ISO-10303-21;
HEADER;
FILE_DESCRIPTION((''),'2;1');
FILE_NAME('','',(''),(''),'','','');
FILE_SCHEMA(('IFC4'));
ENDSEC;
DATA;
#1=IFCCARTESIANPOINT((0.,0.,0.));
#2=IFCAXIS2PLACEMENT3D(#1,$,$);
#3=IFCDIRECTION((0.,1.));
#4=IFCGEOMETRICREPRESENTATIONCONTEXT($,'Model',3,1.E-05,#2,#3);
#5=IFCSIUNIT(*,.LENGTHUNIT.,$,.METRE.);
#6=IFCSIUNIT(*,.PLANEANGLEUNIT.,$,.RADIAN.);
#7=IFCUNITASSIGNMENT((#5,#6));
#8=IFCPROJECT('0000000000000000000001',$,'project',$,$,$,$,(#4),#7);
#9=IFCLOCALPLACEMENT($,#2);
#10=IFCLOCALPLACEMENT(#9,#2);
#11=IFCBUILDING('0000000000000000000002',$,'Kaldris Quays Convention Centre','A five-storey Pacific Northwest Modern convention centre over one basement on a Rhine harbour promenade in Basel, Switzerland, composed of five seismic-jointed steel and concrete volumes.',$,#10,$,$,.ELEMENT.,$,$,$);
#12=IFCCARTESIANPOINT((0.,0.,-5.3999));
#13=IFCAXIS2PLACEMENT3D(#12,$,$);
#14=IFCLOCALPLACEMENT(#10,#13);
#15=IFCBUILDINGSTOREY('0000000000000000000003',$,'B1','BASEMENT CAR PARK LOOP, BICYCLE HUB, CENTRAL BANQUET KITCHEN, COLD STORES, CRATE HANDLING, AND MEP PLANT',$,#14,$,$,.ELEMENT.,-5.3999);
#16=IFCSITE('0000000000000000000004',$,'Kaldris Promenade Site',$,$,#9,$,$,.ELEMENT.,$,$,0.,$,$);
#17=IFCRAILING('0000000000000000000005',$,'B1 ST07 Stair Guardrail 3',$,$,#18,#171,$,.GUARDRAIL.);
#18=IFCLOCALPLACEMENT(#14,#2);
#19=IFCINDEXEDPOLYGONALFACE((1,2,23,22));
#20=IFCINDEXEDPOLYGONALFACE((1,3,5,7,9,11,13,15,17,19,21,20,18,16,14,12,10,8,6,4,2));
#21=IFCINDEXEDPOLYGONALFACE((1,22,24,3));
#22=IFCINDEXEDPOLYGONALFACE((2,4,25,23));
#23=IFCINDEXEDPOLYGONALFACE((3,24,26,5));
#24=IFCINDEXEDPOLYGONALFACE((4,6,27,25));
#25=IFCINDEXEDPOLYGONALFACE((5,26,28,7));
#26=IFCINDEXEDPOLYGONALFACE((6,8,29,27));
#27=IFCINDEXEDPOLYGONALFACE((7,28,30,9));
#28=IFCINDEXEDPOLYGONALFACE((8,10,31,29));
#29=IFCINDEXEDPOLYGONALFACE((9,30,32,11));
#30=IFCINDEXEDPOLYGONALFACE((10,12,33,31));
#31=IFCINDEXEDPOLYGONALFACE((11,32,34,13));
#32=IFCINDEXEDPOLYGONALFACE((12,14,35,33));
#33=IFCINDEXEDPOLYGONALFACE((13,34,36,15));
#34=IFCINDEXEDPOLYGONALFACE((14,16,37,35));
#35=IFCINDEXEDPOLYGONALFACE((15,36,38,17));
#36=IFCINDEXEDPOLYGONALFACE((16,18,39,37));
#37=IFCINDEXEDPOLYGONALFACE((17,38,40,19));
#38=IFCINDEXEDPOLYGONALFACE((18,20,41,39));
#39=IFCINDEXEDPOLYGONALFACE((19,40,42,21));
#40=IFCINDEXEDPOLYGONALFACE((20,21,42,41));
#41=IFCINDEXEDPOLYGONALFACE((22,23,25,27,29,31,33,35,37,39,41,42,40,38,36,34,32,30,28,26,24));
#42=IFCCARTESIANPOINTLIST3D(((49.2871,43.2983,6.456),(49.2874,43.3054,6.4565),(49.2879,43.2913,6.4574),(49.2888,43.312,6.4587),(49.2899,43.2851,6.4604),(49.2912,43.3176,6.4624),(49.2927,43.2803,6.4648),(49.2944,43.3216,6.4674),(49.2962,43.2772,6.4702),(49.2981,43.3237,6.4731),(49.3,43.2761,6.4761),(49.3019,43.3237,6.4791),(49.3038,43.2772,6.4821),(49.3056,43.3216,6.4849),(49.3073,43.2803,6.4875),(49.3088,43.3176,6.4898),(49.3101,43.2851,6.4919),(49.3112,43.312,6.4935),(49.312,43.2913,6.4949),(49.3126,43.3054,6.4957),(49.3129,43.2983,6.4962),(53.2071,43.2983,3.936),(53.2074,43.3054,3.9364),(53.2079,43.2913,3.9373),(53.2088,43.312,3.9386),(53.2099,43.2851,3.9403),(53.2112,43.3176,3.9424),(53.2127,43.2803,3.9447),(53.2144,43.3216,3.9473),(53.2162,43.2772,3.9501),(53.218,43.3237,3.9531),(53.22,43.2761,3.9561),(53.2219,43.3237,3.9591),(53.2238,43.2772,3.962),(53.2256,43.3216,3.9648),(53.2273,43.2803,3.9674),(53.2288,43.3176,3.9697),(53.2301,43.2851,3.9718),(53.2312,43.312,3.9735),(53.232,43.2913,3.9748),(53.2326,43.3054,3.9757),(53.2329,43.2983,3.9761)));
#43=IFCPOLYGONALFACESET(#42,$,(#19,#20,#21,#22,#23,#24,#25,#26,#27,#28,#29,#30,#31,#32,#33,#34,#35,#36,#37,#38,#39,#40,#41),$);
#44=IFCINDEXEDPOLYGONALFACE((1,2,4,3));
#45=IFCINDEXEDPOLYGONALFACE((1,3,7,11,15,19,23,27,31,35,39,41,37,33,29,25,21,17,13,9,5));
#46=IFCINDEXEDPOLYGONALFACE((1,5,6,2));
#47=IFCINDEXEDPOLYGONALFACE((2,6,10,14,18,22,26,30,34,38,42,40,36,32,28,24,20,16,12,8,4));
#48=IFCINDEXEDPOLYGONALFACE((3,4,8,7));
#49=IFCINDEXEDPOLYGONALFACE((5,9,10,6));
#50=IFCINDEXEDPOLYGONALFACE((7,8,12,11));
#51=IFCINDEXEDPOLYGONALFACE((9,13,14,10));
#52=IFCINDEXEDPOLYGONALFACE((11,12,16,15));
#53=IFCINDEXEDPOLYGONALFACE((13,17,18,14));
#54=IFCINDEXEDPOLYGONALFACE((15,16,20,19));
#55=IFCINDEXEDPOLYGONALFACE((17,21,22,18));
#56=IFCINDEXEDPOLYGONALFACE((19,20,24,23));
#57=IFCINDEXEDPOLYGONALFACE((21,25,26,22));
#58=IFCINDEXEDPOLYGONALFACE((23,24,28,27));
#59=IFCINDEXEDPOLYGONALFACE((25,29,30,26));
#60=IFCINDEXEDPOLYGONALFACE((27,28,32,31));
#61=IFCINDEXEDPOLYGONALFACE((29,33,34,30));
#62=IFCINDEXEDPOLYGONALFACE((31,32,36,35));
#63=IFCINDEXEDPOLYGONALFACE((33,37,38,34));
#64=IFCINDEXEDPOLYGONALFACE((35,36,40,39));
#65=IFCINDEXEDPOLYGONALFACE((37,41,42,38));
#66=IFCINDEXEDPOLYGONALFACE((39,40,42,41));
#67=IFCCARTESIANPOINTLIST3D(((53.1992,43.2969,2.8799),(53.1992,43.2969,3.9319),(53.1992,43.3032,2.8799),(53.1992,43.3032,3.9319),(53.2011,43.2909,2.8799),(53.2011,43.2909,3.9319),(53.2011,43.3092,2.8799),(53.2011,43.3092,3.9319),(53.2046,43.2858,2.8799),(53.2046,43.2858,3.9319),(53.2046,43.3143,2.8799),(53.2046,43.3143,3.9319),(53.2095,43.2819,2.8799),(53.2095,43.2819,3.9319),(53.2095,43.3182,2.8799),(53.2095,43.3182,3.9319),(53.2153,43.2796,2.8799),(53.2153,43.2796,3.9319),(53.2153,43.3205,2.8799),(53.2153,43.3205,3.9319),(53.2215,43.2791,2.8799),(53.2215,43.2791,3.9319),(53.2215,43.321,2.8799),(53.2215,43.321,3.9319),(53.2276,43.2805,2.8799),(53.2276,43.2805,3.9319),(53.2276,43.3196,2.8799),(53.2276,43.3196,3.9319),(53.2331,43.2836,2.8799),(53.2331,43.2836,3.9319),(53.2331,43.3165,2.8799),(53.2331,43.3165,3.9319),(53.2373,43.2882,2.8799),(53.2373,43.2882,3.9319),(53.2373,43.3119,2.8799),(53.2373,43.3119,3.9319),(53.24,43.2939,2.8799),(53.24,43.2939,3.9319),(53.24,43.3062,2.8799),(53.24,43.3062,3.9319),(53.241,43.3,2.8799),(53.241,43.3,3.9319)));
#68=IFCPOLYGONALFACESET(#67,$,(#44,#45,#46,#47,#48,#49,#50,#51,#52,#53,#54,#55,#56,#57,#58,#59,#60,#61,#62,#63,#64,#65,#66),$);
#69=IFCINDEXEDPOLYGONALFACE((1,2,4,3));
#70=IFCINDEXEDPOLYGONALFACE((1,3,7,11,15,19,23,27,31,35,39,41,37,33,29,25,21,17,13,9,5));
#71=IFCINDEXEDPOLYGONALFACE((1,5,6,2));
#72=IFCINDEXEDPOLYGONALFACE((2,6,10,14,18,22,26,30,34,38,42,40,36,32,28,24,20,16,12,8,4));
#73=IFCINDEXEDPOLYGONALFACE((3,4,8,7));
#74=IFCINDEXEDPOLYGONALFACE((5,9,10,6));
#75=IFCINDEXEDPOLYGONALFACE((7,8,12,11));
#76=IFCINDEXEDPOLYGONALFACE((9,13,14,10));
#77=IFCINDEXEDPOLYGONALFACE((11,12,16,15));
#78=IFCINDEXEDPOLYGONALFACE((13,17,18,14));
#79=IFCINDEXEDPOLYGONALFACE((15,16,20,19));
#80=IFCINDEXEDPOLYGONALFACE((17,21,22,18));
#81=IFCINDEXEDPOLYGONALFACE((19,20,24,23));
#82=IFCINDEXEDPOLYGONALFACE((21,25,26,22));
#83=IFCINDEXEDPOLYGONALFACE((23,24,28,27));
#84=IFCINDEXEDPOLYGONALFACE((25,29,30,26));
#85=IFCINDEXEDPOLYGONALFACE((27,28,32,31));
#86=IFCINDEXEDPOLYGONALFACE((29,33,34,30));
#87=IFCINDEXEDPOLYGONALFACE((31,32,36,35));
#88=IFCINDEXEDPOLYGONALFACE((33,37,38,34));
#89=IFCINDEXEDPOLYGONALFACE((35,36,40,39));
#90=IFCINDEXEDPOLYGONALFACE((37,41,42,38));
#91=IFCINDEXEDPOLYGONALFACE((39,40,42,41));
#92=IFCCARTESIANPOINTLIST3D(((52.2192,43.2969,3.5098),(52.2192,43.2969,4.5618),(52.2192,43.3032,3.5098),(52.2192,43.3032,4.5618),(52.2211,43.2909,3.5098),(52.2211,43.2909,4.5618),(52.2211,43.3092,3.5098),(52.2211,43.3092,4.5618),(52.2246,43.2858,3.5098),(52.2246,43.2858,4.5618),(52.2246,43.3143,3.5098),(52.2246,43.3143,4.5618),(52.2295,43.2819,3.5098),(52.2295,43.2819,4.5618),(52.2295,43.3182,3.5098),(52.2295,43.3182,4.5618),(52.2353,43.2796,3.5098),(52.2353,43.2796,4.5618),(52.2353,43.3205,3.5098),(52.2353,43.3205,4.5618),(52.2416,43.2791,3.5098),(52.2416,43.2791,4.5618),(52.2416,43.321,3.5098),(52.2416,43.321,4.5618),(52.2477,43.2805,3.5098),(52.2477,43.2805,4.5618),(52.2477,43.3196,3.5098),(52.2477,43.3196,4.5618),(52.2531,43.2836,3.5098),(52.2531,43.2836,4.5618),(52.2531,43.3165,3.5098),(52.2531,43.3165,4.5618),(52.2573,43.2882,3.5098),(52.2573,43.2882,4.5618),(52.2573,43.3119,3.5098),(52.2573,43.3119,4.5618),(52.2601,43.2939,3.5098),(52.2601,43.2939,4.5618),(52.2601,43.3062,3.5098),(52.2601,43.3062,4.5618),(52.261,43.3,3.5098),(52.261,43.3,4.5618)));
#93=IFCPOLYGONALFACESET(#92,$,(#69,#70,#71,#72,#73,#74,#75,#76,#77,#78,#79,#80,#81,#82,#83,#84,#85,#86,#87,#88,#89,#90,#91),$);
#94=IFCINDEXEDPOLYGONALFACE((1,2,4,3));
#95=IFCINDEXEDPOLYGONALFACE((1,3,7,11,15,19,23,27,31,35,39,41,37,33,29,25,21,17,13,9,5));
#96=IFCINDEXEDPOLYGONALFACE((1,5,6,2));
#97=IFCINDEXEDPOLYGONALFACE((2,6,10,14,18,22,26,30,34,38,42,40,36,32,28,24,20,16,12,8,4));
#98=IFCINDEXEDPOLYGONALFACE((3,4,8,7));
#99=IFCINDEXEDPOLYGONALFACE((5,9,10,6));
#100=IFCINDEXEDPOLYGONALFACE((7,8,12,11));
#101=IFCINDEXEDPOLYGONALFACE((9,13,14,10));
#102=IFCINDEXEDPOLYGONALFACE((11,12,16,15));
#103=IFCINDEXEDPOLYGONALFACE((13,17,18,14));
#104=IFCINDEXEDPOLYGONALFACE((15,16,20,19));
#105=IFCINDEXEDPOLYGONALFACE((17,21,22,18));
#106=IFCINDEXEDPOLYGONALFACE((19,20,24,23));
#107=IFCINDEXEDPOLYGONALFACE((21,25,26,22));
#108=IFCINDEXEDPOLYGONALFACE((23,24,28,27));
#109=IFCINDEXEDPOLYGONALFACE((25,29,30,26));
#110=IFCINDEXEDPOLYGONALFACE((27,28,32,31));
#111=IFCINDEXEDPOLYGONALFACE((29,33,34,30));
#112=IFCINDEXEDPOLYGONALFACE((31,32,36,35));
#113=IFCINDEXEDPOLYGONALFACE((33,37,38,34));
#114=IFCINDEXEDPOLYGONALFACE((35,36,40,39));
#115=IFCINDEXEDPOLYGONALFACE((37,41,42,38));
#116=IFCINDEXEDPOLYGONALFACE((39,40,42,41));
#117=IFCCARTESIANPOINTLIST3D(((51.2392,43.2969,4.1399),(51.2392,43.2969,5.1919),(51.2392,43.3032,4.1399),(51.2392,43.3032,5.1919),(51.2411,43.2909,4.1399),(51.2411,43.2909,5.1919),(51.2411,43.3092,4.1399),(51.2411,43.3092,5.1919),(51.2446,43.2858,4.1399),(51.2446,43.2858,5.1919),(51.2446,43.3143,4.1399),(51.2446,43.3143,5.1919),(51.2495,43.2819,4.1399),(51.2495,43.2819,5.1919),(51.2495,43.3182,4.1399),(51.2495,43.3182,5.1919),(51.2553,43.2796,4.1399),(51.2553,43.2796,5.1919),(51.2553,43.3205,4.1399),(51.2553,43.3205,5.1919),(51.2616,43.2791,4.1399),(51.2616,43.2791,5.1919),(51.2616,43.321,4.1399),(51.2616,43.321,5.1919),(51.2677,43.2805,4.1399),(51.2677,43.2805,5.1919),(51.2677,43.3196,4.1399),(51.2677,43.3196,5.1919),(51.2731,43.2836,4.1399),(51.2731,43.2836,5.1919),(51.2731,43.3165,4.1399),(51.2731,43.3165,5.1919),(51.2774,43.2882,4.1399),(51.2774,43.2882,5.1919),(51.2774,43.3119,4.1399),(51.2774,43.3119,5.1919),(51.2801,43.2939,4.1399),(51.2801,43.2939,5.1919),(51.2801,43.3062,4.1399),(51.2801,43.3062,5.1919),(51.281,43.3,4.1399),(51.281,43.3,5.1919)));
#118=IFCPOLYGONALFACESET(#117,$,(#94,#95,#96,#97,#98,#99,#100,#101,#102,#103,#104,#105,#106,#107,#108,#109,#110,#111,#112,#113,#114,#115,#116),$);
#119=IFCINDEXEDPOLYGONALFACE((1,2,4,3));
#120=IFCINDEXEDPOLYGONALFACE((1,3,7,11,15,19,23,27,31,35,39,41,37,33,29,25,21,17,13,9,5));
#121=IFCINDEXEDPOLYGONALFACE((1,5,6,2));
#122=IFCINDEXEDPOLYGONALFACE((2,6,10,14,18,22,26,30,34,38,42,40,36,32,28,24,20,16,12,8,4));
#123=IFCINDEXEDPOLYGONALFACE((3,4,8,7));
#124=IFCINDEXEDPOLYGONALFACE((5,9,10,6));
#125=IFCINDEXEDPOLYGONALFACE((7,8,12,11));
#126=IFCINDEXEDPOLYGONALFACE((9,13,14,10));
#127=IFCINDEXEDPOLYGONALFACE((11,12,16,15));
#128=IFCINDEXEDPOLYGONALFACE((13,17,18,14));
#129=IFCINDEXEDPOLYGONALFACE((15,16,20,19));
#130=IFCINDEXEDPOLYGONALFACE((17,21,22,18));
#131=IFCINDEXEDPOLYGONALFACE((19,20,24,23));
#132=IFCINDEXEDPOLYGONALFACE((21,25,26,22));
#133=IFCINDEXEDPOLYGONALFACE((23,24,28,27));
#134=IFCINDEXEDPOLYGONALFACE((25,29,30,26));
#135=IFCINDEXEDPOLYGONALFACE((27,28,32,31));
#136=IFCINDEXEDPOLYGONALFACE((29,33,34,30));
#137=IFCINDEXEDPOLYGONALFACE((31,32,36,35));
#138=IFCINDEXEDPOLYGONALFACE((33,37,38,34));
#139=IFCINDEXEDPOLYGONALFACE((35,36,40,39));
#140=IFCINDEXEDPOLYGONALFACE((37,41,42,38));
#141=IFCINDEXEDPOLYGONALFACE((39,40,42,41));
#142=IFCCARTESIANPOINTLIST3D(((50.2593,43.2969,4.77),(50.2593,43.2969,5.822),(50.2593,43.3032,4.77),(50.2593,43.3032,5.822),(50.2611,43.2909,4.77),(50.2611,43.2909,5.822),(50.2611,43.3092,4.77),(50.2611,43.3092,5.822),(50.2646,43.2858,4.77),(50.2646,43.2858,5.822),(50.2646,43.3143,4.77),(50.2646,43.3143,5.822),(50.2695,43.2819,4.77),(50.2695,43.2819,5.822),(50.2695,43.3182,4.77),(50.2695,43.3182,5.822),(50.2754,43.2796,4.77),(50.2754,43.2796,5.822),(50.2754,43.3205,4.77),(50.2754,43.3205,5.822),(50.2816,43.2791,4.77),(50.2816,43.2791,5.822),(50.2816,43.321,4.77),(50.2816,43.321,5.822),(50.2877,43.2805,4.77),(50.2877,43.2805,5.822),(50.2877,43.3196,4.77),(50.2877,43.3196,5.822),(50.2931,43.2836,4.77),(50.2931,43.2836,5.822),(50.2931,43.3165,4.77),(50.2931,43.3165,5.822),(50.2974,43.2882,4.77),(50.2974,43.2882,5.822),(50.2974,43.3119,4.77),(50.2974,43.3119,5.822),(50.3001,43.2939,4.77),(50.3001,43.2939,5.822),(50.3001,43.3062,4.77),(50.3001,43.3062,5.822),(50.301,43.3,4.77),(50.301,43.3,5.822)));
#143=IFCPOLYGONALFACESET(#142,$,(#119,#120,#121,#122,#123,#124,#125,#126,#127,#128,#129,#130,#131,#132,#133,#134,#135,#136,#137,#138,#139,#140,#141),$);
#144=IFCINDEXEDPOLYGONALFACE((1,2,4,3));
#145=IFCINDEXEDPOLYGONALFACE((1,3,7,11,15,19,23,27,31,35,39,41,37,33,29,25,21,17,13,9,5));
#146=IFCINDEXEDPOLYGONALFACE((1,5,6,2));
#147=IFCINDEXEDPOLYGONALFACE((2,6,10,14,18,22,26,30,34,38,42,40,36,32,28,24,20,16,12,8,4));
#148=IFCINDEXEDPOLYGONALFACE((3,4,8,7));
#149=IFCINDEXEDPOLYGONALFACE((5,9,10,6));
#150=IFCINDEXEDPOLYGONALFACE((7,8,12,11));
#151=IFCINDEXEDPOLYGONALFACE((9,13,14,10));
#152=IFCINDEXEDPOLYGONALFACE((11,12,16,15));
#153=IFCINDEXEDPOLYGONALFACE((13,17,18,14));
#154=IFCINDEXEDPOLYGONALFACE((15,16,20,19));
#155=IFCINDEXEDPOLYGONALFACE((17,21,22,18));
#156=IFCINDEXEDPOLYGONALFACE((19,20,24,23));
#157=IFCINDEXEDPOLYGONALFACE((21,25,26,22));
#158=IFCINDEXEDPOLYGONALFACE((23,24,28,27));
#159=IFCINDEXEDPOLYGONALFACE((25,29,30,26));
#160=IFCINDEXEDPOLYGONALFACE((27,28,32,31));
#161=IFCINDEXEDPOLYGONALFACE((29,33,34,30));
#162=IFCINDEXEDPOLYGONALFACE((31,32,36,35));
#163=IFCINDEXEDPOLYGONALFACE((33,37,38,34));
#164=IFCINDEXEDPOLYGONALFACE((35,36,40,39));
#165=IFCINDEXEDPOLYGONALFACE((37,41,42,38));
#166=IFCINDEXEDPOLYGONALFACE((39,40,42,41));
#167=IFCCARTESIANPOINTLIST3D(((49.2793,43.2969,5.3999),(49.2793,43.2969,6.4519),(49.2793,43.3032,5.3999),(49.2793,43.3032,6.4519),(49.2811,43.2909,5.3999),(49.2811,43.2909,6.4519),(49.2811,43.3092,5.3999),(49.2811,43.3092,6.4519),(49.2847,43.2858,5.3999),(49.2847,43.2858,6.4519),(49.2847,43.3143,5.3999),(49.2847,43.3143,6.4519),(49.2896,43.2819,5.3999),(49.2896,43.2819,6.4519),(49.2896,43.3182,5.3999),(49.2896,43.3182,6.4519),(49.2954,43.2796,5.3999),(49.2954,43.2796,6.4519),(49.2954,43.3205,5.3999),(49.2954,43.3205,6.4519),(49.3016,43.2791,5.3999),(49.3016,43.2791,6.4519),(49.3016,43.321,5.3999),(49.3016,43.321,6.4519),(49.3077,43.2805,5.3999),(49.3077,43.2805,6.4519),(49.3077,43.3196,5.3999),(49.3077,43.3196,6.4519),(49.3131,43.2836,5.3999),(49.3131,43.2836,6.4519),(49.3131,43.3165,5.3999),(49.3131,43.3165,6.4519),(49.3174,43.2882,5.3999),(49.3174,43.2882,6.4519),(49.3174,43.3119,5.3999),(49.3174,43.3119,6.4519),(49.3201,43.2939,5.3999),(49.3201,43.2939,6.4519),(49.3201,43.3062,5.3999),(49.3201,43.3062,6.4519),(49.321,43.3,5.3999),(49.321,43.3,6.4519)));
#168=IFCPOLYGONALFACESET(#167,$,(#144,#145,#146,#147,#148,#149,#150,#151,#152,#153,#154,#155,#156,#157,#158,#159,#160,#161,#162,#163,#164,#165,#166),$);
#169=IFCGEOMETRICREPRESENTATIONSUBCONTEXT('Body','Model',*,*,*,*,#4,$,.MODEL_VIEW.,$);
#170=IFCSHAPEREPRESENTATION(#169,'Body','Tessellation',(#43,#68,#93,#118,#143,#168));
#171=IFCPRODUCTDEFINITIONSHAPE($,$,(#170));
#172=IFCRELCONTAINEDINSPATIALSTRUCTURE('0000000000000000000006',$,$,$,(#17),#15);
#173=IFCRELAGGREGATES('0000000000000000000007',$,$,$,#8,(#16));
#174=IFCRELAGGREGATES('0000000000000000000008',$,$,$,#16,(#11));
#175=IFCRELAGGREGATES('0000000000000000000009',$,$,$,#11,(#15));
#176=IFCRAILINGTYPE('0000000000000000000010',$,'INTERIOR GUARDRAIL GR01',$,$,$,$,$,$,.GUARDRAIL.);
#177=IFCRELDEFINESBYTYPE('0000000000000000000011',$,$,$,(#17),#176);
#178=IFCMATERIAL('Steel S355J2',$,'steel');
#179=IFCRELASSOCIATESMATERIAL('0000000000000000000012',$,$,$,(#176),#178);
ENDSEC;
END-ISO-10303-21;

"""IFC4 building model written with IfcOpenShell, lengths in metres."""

from ifc_helpers import new_model, si_unit, direction, frame, origin, origin_2d, place, context, subcontext, project, spatial, circle, extrude, material, type_object, element, save


model = new_model("IFC4")

# Units and contexts
model_context = context("Model", 3, precision=1e-05, world=origin(), true_north=direction((0.0, 1.0)))
body_context = subcontext(model_context, "Body", "Model", "MODEL_VIEW")
ifc_project = project(units=[si_unit("LENGTHUNIT", "METRE"), si_unit("PLANEANGLEUNIT", "RADIAN")], contexts=[model_context])

# Site, building, storey
site_placement = place(None, origin())
site = spatial("IfcSite", under=ifc_project, at=site_placement, Name="Kaldris Promenade Site", CompositionType="ELEMENT", RefElevation=0.0)
building_placement = place(site_placement, origin())
building = spatial("IfcBuilding", under=site, at=building_placement, Name="Kaldris Quays Convention Centre", Description="A five-storey Pacific Northwest Modern convention centre over one basement on a Rhine harbour promenade in Basel, Switzerland, composed of five seismic-jointed steel and concrete volumes.", CompositionType="ELEMENT")
storey_placement = place(building_placement, frame((0.0, 0.0, -5.3999)))
storey = spatial("IfcBuildingStorey", under=building, at=storey_placement, Name="B1", Description="BASEMENT CAR PARK LOOP, BICYCLE HUB, CENTRAL BANQUET KITCHEN, COLD STORES, CRATE HANDLING, AND MEP PLANT", CompositionType="ELEMENT", Elevation=-5.3999)

# Shared definitions
ifc_material_1 = material(Name="Steel S355J2", Category="steel")

# Railing
railing_type_1 = type_object("IfcRailingType", Name="INTERIOR GUARDRAIL GR01", PredefinedType="GUARDRAIL", material=ifc_material_1)
railing_1_placement = place(storey_placement, frame((53.22, 43.3, 2.8799)))
element("IfcRailing", 1, at=railing_1_placement, inside=storey, type_object=railing_type_1, Name="B1 ST07 Stair Guardrail 3", PredefinedType="GUARDRAIL", context=body_context, shape_type="SweptSolid", body=[
    extrude(circle(Radius=0.0239, at=origin_2d()), frame((0.0, 0.0, 1.0762), z_axis=(-0.841172, 0.0, 0.540768), x_axis=(0.0, -1.0, 0.0)), (0.0, 0.0, 1.0), 4.6602),
    extrude(circle(Radius=0.021, at=origin_2d()), origin(), (0.0, 0.0, 1.0), 1.052),
    extrude(circle(Radius=0.021, at=origin_2d()), frame((-0.98, 0.0, 0.6299)), (0.0, 0.0, 1.0), 1.052),
    extrude(circle(Radius=0.021, at=origin_2d()), frame((-1.96, 0.0, 1.26)), (0.0, 0.0, 1.0), 1.052),
    extrude(circle(Radius=0.021, at=origin_2d()), frame((-2.9399, 0.0, 1.8901)), (0.0, 0.0, 1.0), 1.052),
    extrude(circle(Radius=0.021, at=origin_2d()), frame((-3.9199, 0.0, 2.52)), (0.0, 0.0, 1.0), 1.052),
])

save(model, "model.ifc")
